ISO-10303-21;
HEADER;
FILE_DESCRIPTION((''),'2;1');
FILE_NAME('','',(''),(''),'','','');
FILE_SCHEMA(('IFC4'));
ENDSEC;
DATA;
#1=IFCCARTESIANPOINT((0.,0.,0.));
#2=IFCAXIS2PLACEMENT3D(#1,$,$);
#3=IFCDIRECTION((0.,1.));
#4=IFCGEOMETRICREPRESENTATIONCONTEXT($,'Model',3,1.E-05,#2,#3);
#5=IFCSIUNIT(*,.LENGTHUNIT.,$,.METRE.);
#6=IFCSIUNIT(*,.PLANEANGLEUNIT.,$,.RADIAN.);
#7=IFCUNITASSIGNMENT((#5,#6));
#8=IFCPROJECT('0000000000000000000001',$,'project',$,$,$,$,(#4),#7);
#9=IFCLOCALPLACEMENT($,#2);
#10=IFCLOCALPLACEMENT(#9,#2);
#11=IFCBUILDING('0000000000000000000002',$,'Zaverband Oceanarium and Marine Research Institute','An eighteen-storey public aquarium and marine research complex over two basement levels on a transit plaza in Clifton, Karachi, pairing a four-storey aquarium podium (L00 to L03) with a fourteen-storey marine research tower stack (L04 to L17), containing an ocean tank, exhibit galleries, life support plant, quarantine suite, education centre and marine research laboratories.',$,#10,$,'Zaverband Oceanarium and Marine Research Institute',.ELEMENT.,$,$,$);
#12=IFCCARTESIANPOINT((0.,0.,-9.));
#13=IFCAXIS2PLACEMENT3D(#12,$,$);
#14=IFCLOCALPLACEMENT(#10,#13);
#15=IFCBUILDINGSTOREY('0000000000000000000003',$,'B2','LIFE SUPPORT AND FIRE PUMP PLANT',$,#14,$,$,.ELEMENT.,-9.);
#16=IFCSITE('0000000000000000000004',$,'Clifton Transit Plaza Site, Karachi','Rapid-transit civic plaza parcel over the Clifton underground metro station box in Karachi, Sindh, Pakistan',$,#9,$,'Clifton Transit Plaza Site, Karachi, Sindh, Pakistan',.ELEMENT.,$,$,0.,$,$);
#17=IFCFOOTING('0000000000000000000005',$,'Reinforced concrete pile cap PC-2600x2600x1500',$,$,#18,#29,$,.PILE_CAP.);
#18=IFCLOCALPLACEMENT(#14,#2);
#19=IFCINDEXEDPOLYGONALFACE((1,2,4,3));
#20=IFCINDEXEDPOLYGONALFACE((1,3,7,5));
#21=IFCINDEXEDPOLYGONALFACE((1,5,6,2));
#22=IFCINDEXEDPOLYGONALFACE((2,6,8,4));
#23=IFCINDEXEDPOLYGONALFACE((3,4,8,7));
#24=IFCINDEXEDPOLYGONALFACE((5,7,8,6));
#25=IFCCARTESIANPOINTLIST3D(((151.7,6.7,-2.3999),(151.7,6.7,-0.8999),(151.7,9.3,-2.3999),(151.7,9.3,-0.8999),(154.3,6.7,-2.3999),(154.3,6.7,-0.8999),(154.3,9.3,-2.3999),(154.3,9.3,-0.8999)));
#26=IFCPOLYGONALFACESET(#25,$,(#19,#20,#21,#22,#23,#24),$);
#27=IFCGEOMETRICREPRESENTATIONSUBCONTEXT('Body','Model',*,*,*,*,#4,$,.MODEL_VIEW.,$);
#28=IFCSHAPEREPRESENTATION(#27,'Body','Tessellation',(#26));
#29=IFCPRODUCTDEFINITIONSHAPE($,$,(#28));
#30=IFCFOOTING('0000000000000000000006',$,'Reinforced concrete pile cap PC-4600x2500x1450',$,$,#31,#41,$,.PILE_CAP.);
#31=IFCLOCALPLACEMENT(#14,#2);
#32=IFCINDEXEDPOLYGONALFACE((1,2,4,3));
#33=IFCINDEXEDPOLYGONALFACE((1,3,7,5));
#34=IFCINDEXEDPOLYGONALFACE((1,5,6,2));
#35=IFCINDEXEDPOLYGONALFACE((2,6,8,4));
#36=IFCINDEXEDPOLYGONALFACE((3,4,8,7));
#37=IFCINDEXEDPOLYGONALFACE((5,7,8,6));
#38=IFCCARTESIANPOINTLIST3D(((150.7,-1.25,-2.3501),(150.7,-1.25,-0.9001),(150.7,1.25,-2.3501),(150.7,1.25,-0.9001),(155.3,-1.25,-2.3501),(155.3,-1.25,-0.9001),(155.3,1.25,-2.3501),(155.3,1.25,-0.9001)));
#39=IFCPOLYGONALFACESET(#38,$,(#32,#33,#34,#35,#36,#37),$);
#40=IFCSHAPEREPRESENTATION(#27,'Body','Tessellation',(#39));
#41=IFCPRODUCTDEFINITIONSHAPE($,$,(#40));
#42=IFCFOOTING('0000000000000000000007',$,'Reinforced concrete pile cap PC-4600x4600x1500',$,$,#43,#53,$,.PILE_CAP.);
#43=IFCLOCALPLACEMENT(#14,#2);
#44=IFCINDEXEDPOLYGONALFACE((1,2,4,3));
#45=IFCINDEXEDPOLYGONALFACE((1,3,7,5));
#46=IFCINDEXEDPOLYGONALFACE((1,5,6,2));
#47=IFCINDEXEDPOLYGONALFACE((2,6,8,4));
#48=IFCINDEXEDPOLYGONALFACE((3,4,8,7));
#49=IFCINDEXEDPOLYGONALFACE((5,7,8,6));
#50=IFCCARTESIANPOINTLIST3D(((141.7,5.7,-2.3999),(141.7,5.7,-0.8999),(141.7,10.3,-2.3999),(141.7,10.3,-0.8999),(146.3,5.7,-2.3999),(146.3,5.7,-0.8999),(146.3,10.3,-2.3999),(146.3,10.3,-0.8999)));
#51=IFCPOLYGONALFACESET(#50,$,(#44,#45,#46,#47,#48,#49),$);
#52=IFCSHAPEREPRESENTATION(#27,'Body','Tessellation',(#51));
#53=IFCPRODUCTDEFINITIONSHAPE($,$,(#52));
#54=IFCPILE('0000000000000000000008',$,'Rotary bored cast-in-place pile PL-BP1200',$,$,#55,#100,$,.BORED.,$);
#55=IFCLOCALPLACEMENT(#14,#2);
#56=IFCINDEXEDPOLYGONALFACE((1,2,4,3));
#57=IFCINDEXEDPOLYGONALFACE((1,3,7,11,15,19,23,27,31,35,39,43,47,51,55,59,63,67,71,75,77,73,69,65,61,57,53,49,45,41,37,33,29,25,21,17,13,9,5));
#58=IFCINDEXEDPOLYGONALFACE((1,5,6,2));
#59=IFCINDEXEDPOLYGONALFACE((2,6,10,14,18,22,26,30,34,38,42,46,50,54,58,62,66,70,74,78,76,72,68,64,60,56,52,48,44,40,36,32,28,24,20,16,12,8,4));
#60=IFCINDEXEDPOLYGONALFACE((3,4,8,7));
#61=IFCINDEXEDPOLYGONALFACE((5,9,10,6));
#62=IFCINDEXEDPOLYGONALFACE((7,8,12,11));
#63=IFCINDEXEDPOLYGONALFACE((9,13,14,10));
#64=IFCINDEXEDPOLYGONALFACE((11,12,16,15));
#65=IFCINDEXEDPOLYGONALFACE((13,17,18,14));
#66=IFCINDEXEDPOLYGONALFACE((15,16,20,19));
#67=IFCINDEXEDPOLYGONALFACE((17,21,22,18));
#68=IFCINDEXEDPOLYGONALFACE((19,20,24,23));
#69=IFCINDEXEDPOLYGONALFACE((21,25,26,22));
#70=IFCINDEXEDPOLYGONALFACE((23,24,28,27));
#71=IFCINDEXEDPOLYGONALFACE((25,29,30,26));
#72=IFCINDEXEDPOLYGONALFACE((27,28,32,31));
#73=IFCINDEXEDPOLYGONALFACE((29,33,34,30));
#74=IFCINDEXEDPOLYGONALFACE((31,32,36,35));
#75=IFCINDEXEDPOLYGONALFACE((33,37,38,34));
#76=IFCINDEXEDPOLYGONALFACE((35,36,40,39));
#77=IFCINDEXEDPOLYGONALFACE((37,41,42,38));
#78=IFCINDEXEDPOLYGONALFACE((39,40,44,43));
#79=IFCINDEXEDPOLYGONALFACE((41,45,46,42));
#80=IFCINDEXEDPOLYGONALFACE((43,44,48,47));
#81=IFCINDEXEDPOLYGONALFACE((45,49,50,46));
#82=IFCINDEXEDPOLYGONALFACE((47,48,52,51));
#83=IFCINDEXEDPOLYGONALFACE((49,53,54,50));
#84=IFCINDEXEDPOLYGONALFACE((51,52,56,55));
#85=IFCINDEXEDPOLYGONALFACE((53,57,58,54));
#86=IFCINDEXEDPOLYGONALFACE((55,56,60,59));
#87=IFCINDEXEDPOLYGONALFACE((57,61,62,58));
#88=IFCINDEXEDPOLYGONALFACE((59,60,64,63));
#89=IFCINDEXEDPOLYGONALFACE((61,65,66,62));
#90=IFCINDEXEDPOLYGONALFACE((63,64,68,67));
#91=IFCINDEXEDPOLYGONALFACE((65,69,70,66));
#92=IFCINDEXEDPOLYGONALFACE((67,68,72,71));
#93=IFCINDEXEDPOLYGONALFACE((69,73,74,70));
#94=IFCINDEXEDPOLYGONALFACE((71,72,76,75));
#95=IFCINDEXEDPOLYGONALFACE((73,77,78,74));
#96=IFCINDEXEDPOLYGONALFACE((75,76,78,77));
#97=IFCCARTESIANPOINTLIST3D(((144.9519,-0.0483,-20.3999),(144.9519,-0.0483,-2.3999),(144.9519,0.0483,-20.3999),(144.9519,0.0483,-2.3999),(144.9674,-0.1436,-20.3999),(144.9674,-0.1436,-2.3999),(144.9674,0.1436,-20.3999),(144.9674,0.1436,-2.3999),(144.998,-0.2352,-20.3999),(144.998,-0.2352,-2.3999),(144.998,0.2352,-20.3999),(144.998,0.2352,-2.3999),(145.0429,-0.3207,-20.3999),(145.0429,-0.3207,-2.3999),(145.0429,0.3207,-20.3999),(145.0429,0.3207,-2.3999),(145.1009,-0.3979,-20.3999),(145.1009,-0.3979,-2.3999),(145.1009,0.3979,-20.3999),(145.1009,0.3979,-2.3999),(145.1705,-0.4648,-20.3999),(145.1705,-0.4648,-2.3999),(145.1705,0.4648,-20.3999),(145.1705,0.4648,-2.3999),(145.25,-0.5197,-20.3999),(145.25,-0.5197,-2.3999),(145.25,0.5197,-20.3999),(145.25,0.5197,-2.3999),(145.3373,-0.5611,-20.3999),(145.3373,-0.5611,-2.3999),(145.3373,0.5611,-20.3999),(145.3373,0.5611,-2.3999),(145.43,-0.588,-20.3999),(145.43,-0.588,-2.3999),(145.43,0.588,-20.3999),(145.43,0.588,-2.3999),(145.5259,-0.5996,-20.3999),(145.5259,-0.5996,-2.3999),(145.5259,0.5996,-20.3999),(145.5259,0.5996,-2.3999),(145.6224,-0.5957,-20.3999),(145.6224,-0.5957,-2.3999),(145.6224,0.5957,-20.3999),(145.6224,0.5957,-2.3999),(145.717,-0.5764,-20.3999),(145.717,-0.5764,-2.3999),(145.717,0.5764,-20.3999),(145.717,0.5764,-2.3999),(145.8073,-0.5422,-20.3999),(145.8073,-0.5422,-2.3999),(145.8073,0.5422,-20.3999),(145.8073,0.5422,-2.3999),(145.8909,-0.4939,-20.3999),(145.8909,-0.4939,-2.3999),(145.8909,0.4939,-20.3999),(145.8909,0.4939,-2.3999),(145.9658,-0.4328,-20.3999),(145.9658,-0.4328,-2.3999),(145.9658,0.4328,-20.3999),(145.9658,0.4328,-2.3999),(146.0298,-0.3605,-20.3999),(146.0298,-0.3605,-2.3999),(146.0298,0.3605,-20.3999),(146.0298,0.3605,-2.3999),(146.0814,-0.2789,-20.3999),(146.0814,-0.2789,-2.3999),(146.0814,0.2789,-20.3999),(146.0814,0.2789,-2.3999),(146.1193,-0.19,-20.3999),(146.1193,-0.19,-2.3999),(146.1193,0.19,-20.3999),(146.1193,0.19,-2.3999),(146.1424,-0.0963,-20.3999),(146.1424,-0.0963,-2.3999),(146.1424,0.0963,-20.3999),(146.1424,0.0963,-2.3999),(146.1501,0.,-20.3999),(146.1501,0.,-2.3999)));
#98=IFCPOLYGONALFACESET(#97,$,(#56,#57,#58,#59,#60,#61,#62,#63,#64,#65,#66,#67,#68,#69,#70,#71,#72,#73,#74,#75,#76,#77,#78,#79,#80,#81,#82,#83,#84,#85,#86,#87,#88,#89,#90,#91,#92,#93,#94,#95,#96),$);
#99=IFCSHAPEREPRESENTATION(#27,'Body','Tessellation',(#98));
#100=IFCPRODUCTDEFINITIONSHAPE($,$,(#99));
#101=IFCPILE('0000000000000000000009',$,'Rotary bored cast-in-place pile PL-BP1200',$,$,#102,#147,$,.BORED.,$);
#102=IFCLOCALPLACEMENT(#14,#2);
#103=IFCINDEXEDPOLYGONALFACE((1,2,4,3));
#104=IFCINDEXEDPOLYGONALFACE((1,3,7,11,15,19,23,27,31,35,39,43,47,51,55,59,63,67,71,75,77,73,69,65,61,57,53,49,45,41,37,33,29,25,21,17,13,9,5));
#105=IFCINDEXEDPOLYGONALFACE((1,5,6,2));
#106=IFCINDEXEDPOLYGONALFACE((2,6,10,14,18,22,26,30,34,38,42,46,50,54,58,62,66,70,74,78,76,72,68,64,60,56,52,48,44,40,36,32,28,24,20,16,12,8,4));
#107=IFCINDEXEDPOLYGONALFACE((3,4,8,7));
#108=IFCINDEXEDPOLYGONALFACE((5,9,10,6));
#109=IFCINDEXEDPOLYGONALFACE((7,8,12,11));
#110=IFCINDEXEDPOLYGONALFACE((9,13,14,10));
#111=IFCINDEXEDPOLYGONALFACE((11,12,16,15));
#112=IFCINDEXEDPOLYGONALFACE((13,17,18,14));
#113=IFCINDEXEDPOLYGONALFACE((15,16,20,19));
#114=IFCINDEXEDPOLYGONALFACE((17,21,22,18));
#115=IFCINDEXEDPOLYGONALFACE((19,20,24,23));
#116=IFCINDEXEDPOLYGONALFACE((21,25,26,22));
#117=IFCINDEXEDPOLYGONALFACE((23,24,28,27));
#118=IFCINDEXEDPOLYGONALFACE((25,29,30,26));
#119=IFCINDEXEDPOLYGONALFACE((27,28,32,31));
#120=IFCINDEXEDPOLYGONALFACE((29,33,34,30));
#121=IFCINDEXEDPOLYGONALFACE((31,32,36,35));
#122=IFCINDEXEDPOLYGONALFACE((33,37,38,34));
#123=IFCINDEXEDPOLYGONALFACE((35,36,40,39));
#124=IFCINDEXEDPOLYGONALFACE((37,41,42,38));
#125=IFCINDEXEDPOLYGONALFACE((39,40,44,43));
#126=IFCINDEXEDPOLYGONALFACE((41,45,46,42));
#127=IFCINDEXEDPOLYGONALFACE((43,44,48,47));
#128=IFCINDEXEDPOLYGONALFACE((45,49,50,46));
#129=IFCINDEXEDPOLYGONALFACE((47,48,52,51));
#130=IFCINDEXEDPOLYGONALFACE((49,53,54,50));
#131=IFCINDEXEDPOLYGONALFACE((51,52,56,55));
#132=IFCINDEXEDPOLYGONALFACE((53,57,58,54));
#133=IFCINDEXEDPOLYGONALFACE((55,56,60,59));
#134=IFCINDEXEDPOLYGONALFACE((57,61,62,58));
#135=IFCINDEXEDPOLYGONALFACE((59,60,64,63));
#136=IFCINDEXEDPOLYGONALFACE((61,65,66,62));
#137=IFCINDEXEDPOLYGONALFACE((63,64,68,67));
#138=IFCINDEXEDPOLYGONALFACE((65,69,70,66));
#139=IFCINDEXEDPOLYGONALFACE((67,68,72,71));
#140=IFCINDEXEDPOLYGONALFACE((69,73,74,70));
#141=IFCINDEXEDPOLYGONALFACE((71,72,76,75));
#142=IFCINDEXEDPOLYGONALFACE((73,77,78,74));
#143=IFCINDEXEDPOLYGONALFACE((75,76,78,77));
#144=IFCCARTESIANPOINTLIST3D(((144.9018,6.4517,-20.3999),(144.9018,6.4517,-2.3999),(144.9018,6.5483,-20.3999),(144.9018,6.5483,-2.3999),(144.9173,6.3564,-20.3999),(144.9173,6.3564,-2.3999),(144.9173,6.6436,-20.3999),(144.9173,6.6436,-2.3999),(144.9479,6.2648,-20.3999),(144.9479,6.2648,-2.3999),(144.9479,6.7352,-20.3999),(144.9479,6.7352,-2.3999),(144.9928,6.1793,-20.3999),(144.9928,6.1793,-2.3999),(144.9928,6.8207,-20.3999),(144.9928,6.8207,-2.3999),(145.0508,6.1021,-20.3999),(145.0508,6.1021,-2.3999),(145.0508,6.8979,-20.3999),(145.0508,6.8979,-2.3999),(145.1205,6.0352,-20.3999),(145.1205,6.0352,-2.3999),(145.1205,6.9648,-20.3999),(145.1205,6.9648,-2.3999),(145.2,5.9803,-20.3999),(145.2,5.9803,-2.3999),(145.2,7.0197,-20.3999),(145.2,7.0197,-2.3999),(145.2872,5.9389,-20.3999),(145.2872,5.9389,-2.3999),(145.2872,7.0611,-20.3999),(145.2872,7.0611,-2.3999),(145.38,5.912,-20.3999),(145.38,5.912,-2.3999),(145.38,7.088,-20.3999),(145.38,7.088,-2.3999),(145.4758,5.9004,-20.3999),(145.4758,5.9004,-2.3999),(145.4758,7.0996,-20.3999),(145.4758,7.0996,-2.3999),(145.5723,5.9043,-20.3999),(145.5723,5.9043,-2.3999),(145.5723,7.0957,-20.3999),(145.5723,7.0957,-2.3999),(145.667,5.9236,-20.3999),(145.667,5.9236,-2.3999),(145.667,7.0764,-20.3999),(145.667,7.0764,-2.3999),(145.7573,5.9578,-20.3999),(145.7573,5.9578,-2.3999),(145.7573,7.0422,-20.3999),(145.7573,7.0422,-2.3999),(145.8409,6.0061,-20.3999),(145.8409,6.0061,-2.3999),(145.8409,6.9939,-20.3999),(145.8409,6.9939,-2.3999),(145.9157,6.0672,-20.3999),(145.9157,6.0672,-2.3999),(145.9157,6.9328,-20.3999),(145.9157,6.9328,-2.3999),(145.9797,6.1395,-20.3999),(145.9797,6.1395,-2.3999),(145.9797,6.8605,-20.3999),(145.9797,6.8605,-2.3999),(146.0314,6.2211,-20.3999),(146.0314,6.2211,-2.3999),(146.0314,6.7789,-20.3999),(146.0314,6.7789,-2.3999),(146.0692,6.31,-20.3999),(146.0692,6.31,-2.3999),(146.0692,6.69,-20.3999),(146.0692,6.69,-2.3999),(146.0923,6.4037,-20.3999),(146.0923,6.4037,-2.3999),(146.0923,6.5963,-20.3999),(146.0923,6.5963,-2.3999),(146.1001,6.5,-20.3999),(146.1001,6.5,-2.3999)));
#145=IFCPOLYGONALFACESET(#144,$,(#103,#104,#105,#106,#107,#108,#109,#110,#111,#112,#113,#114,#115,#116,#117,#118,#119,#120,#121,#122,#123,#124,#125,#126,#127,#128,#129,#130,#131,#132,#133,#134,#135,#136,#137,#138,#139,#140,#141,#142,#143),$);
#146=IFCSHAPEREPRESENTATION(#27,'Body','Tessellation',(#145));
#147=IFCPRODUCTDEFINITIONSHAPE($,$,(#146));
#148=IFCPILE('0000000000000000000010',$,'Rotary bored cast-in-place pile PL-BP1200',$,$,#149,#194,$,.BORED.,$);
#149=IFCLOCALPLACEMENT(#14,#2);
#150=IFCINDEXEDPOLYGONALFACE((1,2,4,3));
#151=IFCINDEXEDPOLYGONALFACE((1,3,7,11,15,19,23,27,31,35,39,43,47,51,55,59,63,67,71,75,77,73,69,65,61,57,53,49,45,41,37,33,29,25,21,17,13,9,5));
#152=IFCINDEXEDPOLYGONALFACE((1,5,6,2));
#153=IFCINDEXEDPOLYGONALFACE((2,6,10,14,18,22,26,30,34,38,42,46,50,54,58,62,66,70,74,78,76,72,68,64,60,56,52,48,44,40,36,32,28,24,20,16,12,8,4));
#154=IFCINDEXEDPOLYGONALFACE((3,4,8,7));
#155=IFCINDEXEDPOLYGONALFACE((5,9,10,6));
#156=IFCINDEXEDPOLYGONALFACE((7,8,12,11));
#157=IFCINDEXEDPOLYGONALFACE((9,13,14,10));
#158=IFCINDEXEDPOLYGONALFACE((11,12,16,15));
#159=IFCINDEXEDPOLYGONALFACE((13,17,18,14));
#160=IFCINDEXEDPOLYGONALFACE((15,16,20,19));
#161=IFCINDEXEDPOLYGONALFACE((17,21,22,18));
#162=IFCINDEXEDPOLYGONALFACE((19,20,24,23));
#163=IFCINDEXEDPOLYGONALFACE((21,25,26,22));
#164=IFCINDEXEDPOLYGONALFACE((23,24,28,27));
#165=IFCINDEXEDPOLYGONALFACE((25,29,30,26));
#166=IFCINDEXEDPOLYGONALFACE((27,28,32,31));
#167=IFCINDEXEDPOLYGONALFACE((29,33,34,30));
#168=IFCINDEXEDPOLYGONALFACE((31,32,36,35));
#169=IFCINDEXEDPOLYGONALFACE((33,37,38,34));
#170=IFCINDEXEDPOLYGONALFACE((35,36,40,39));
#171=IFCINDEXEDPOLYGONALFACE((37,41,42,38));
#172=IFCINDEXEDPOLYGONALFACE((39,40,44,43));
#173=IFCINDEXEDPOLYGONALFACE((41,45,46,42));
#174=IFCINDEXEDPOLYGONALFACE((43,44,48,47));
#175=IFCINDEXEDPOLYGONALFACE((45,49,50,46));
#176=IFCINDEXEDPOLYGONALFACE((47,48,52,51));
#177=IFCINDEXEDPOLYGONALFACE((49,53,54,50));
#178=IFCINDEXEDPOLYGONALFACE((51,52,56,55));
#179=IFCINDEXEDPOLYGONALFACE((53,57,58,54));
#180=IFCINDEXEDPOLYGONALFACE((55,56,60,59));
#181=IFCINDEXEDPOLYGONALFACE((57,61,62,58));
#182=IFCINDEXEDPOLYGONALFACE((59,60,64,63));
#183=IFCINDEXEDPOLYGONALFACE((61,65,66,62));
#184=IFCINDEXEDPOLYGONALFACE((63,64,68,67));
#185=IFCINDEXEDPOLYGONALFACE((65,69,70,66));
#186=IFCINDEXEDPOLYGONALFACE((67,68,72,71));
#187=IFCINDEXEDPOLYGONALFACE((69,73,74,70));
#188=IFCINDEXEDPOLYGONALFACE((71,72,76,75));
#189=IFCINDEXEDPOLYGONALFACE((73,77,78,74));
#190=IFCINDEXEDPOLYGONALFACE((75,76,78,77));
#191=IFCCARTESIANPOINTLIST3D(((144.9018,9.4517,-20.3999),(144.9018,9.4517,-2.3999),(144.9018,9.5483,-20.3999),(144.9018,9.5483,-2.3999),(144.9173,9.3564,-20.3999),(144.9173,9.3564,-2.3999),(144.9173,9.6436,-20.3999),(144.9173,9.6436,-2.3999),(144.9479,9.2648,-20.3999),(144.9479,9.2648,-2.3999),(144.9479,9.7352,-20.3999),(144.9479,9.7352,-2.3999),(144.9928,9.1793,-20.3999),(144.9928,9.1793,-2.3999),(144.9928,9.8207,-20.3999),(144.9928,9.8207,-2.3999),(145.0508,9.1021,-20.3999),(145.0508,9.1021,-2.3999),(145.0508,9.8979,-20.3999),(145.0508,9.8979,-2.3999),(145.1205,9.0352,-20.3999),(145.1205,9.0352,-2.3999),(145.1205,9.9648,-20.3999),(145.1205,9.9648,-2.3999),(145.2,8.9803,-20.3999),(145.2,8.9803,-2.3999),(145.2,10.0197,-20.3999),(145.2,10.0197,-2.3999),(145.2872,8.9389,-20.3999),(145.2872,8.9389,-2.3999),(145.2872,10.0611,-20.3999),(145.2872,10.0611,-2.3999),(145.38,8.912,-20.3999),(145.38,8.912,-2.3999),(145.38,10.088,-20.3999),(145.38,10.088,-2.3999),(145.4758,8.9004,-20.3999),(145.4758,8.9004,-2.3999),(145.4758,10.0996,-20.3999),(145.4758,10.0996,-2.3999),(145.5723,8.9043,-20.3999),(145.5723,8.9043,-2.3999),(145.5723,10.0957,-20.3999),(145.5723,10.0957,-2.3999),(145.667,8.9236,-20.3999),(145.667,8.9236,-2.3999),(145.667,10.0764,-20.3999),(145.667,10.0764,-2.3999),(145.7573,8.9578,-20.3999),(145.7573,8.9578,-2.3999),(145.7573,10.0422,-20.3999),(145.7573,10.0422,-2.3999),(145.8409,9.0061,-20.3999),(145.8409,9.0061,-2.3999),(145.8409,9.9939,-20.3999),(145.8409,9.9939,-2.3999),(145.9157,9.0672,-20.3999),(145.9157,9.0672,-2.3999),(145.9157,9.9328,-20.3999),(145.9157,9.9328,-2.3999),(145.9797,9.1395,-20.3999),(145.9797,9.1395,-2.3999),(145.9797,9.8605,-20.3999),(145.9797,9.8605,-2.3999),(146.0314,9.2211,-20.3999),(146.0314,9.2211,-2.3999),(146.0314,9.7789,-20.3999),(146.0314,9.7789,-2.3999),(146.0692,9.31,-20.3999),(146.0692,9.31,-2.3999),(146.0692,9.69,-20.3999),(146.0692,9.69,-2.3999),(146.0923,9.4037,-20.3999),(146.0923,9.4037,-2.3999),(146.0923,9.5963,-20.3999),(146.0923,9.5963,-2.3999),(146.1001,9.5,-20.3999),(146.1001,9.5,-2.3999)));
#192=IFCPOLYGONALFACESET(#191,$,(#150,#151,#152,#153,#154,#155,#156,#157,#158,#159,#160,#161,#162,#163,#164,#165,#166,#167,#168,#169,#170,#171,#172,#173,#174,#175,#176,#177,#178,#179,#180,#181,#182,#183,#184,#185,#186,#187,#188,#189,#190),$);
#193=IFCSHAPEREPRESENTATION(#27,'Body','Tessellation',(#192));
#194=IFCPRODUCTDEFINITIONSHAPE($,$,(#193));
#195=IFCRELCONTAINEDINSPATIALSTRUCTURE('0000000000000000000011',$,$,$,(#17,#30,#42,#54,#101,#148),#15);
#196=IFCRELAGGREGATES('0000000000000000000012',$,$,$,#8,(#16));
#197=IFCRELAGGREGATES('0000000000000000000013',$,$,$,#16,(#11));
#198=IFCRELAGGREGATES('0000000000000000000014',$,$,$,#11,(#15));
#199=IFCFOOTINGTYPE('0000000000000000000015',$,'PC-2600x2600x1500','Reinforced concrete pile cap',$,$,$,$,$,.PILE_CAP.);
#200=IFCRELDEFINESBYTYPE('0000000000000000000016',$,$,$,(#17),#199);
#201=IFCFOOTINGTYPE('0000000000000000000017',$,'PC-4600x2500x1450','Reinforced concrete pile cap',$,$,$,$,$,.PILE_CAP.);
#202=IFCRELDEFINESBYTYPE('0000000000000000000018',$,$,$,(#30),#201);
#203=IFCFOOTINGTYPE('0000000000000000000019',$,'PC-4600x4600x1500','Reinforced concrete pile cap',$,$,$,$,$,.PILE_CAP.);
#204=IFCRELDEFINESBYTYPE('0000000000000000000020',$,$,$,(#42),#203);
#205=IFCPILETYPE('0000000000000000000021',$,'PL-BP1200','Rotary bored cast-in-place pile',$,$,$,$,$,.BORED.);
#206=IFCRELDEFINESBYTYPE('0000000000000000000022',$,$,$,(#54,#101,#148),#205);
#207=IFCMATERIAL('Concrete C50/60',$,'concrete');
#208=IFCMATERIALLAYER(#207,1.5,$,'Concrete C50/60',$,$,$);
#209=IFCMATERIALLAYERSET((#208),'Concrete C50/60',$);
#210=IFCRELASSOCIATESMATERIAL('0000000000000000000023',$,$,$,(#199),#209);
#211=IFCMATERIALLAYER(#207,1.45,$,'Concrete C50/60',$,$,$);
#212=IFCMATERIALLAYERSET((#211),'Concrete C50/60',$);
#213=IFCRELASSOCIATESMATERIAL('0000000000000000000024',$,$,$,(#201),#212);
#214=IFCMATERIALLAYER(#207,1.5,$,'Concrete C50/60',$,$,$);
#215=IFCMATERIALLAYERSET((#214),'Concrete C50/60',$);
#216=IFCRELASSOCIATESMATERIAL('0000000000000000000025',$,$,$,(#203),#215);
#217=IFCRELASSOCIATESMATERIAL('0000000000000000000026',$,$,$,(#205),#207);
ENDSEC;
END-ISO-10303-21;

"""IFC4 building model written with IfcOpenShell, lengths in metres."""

from ifc_helpers import new_model, si_unit, direction, frame, origin, origin_2d, place, context, subcontext, project, spatial, rectangle, circle, extrude, material, layer, layer_set, material_profile, profile_set, type_object, element, save


model = new_model("IFC4")

# Units and contexts
model_context = context("Model", 3, precision=1e-05, world=origin(), true_north=direction((0.0, 1.0)))
body_context = subcontext(model_context, "Body", "Model", "MODEL_VIEW")
ifc_project = project(units=[si_unit("LENGTHUNIT", "METRE"), si_unit("PLANEANGLEUNIT", "RADIAN")], contexts=[model_context])

# Site, building, storey
site_placement = place(None, origin())
site = spatial("IfcSite", under=ifc_project, at=site_placement, Name="Clifton Transit Plaza Site, Karachi", Description="Rapid-transit civic plaza parcel over the Clifton underground metro station box in Karachi, Sindh, Pakistan", LongName="Clifton Transit Plaza Site, Karachi, Sindh, Pakistan", CompositionType="ELEMENT", RefElevation=0.0)
building_placement = place(site_placement, origin())
building = spatial("IfcBuilding", under=site, at=building_placement, Name="Zaverband Oceanarium and Marine Research Institute", Description="An eighteen-storey public aquarium and marine research complex over two basement levels on a transit plaza in Clifton, Karachi, pairing a four-storey aquarium podium (L00 to L03) with a fourteen-storey marine research tower stack (L04 to L17), containing an ocean tank, exhibit galleries, life support plant, quarantine suite, education centre and marine research laboratories.", LongName="Zaverband Oceanarium and Marine Research Institute", CompositionType="ELEMENT")
storey_placement = place(building_placement, frame((0.0, 0.0, -9.0)))
storey = spatial("IfcBuildingStorey", under=building, at=storey_placement, Name="B2", Description="LIFE SUPPORT AND FIRE PUMP PLANT", CompositionType="ELEMENT", Elevation=-9.0)

# Footings
ifc_material_1 = material(Name="Concrete C50/60", Category="concrete")
ifc_layer_1 = layer(ifc_material_1, 1.5, Name="Concrete C50/60")
ifc_layer_set_1 = layer_set([ifc_layer_1], Name="Concrete C50/60")
footing_type_1 = type_object("IfcFootingType", Name="PC-2600x2600x1500", Description="Reinforced concrete pile cap", PredefinedType="PILE_CAP", material=ifc_layer_set_1)
footing_1_placement = place(storey_placement, frame((153.0, 8.0, -2.3999), z_axis=(0.0, 0.0, 1.0), x_axis=(1.0, 0.0, 0.0)))
element("IfcFooting", 1, at=footing_1_placement, inside=storey, type_object=footing_type_1, Name="Reinforced concrete pile cap PC-2600x2600x1500", PredefinedType="PILE_CAP", context=body_context, shape_type="SweptSolid", body=[
    extrude(rectangle(XDim=2.6001, YDim=2.6001, at=origin_2d()), origin(), (0.0, 0.0, 1.0), 1.5),
])
ifc_layer_2 = layer(ifc_material_1, 1.45, Name="Concrete C50/60")
ifc_layer_set_2 = layer_set([ifc_layer_2], Name="Concrete C50/60")
footing_type_2 = type_object("IfcFootingType", Name="PC-4600x2500x1450", Description="Reinforced concrete pile cap", PredefinedType="PILE_CAP", material=ifc_layer_set_2)
footing_2_placement = place(storey_placement, frame((153.0, 0.0, -2.3501), z_axis=(0.0, 0.0, 1.0), x_axis=(1.0, 0.0, 0.0)))
element("IfcFooting", 2, at=footing_2_placement, inside=storey, type_object=footing_type_2, Name="Reinforced concrete pile cap PC-4600x2500x1450", PredefinedType="PILE_CAP", context=body_context, shape_type="SweptSolid", body=[
    extrude(rectangle(XDim=4.6001, YDim=2.5, at=origin_2d()), origin(), (0.0, 0.0, 1.0), 1.45),
])
ifc_layer_3 = layer(ifc_material_1, 1.5, Name="Concrete C50/60")
ifc_layer_set_3 = layer_set([ifc_layer_3], Name="Concrete C50/60")
footing_type_3 = type_object("IfcFootingType", Name="PC-4600x4600x1500", Description="Reinforced concrete pile cap", PredefinedType="PILE_CAP", material=ifc_layer_set_3)
footing_3_placement = place(storey_placement, frame((144.0, 8.0, -2.3999), z_axis=(0.0, 0.0, 1.0), x_axis=(1.0, 0.0, 0.0)))
element("IfcFooting", 3, at=footing_3_placement, inside=storey, type_object=footing_type_3, Name="Reinforced concrete pile cap PC-4600x4600x1500", PredefinedType="PILE_CAP", context=body_context, shape_type="SweptSolid", body=[
    extrude(rectangle(XDim=4.6001, YDim=4.6001, at=origin_2d()), origin(), (0.0, 0.0, 1.0), 1.5),
])

# Piles
ifc_material_profile_1 = material_profile(ifc_material_1, circle(Radius=0.6001, at=origin_2d()), Name="BP1200")
ifc_profile_set_1 = profile_set([ifc_material_profile_1], Name="Concrete C50/60")
pile_type = type_object("IfcPileType", Name="PL-BP1200", Description="Rotary bored cast-in-place pile", PredefinedType="BORED", material=ifc_profile_set_1)
for number, where, z_axis, x_axis, name in (
    (4, (145.55, 0.0, -2.3999), (0.0, 0.0, -1.0), (1.0, 0.0, 0.0), "Rotary bored cast-in-place pile PL-BP1200"),
    (5, (145.5, 6.5, -2.3999), (0.0, 0.0, -1.0), (1.0, 0.0, 0.0), "Rotary bored cast-in-place pile PL-BP1200"),
    (6, (145.5, 9.5, -2.3999), (0.0, 0.0, -1.0), (1.0, 0.0, 0.0), "Rotary bored cast-in-place pile PL-BP1200"),
):
    element("IfcPile", number, at=place(storey_placement, frame(where, z_axis=z_axis, x_axis=x_axis)), inside=storey, type_object=pile_type, Name=name, PredefinedType="BORED", context=body_context, shape_type="SweptSolid", body=[
        extrude(circle(Radius=0.6001, at=origin_2d()), origin(), (0.0, 0.0, 1.0), 18.0),
    ])

save(model, "model.ifc")
